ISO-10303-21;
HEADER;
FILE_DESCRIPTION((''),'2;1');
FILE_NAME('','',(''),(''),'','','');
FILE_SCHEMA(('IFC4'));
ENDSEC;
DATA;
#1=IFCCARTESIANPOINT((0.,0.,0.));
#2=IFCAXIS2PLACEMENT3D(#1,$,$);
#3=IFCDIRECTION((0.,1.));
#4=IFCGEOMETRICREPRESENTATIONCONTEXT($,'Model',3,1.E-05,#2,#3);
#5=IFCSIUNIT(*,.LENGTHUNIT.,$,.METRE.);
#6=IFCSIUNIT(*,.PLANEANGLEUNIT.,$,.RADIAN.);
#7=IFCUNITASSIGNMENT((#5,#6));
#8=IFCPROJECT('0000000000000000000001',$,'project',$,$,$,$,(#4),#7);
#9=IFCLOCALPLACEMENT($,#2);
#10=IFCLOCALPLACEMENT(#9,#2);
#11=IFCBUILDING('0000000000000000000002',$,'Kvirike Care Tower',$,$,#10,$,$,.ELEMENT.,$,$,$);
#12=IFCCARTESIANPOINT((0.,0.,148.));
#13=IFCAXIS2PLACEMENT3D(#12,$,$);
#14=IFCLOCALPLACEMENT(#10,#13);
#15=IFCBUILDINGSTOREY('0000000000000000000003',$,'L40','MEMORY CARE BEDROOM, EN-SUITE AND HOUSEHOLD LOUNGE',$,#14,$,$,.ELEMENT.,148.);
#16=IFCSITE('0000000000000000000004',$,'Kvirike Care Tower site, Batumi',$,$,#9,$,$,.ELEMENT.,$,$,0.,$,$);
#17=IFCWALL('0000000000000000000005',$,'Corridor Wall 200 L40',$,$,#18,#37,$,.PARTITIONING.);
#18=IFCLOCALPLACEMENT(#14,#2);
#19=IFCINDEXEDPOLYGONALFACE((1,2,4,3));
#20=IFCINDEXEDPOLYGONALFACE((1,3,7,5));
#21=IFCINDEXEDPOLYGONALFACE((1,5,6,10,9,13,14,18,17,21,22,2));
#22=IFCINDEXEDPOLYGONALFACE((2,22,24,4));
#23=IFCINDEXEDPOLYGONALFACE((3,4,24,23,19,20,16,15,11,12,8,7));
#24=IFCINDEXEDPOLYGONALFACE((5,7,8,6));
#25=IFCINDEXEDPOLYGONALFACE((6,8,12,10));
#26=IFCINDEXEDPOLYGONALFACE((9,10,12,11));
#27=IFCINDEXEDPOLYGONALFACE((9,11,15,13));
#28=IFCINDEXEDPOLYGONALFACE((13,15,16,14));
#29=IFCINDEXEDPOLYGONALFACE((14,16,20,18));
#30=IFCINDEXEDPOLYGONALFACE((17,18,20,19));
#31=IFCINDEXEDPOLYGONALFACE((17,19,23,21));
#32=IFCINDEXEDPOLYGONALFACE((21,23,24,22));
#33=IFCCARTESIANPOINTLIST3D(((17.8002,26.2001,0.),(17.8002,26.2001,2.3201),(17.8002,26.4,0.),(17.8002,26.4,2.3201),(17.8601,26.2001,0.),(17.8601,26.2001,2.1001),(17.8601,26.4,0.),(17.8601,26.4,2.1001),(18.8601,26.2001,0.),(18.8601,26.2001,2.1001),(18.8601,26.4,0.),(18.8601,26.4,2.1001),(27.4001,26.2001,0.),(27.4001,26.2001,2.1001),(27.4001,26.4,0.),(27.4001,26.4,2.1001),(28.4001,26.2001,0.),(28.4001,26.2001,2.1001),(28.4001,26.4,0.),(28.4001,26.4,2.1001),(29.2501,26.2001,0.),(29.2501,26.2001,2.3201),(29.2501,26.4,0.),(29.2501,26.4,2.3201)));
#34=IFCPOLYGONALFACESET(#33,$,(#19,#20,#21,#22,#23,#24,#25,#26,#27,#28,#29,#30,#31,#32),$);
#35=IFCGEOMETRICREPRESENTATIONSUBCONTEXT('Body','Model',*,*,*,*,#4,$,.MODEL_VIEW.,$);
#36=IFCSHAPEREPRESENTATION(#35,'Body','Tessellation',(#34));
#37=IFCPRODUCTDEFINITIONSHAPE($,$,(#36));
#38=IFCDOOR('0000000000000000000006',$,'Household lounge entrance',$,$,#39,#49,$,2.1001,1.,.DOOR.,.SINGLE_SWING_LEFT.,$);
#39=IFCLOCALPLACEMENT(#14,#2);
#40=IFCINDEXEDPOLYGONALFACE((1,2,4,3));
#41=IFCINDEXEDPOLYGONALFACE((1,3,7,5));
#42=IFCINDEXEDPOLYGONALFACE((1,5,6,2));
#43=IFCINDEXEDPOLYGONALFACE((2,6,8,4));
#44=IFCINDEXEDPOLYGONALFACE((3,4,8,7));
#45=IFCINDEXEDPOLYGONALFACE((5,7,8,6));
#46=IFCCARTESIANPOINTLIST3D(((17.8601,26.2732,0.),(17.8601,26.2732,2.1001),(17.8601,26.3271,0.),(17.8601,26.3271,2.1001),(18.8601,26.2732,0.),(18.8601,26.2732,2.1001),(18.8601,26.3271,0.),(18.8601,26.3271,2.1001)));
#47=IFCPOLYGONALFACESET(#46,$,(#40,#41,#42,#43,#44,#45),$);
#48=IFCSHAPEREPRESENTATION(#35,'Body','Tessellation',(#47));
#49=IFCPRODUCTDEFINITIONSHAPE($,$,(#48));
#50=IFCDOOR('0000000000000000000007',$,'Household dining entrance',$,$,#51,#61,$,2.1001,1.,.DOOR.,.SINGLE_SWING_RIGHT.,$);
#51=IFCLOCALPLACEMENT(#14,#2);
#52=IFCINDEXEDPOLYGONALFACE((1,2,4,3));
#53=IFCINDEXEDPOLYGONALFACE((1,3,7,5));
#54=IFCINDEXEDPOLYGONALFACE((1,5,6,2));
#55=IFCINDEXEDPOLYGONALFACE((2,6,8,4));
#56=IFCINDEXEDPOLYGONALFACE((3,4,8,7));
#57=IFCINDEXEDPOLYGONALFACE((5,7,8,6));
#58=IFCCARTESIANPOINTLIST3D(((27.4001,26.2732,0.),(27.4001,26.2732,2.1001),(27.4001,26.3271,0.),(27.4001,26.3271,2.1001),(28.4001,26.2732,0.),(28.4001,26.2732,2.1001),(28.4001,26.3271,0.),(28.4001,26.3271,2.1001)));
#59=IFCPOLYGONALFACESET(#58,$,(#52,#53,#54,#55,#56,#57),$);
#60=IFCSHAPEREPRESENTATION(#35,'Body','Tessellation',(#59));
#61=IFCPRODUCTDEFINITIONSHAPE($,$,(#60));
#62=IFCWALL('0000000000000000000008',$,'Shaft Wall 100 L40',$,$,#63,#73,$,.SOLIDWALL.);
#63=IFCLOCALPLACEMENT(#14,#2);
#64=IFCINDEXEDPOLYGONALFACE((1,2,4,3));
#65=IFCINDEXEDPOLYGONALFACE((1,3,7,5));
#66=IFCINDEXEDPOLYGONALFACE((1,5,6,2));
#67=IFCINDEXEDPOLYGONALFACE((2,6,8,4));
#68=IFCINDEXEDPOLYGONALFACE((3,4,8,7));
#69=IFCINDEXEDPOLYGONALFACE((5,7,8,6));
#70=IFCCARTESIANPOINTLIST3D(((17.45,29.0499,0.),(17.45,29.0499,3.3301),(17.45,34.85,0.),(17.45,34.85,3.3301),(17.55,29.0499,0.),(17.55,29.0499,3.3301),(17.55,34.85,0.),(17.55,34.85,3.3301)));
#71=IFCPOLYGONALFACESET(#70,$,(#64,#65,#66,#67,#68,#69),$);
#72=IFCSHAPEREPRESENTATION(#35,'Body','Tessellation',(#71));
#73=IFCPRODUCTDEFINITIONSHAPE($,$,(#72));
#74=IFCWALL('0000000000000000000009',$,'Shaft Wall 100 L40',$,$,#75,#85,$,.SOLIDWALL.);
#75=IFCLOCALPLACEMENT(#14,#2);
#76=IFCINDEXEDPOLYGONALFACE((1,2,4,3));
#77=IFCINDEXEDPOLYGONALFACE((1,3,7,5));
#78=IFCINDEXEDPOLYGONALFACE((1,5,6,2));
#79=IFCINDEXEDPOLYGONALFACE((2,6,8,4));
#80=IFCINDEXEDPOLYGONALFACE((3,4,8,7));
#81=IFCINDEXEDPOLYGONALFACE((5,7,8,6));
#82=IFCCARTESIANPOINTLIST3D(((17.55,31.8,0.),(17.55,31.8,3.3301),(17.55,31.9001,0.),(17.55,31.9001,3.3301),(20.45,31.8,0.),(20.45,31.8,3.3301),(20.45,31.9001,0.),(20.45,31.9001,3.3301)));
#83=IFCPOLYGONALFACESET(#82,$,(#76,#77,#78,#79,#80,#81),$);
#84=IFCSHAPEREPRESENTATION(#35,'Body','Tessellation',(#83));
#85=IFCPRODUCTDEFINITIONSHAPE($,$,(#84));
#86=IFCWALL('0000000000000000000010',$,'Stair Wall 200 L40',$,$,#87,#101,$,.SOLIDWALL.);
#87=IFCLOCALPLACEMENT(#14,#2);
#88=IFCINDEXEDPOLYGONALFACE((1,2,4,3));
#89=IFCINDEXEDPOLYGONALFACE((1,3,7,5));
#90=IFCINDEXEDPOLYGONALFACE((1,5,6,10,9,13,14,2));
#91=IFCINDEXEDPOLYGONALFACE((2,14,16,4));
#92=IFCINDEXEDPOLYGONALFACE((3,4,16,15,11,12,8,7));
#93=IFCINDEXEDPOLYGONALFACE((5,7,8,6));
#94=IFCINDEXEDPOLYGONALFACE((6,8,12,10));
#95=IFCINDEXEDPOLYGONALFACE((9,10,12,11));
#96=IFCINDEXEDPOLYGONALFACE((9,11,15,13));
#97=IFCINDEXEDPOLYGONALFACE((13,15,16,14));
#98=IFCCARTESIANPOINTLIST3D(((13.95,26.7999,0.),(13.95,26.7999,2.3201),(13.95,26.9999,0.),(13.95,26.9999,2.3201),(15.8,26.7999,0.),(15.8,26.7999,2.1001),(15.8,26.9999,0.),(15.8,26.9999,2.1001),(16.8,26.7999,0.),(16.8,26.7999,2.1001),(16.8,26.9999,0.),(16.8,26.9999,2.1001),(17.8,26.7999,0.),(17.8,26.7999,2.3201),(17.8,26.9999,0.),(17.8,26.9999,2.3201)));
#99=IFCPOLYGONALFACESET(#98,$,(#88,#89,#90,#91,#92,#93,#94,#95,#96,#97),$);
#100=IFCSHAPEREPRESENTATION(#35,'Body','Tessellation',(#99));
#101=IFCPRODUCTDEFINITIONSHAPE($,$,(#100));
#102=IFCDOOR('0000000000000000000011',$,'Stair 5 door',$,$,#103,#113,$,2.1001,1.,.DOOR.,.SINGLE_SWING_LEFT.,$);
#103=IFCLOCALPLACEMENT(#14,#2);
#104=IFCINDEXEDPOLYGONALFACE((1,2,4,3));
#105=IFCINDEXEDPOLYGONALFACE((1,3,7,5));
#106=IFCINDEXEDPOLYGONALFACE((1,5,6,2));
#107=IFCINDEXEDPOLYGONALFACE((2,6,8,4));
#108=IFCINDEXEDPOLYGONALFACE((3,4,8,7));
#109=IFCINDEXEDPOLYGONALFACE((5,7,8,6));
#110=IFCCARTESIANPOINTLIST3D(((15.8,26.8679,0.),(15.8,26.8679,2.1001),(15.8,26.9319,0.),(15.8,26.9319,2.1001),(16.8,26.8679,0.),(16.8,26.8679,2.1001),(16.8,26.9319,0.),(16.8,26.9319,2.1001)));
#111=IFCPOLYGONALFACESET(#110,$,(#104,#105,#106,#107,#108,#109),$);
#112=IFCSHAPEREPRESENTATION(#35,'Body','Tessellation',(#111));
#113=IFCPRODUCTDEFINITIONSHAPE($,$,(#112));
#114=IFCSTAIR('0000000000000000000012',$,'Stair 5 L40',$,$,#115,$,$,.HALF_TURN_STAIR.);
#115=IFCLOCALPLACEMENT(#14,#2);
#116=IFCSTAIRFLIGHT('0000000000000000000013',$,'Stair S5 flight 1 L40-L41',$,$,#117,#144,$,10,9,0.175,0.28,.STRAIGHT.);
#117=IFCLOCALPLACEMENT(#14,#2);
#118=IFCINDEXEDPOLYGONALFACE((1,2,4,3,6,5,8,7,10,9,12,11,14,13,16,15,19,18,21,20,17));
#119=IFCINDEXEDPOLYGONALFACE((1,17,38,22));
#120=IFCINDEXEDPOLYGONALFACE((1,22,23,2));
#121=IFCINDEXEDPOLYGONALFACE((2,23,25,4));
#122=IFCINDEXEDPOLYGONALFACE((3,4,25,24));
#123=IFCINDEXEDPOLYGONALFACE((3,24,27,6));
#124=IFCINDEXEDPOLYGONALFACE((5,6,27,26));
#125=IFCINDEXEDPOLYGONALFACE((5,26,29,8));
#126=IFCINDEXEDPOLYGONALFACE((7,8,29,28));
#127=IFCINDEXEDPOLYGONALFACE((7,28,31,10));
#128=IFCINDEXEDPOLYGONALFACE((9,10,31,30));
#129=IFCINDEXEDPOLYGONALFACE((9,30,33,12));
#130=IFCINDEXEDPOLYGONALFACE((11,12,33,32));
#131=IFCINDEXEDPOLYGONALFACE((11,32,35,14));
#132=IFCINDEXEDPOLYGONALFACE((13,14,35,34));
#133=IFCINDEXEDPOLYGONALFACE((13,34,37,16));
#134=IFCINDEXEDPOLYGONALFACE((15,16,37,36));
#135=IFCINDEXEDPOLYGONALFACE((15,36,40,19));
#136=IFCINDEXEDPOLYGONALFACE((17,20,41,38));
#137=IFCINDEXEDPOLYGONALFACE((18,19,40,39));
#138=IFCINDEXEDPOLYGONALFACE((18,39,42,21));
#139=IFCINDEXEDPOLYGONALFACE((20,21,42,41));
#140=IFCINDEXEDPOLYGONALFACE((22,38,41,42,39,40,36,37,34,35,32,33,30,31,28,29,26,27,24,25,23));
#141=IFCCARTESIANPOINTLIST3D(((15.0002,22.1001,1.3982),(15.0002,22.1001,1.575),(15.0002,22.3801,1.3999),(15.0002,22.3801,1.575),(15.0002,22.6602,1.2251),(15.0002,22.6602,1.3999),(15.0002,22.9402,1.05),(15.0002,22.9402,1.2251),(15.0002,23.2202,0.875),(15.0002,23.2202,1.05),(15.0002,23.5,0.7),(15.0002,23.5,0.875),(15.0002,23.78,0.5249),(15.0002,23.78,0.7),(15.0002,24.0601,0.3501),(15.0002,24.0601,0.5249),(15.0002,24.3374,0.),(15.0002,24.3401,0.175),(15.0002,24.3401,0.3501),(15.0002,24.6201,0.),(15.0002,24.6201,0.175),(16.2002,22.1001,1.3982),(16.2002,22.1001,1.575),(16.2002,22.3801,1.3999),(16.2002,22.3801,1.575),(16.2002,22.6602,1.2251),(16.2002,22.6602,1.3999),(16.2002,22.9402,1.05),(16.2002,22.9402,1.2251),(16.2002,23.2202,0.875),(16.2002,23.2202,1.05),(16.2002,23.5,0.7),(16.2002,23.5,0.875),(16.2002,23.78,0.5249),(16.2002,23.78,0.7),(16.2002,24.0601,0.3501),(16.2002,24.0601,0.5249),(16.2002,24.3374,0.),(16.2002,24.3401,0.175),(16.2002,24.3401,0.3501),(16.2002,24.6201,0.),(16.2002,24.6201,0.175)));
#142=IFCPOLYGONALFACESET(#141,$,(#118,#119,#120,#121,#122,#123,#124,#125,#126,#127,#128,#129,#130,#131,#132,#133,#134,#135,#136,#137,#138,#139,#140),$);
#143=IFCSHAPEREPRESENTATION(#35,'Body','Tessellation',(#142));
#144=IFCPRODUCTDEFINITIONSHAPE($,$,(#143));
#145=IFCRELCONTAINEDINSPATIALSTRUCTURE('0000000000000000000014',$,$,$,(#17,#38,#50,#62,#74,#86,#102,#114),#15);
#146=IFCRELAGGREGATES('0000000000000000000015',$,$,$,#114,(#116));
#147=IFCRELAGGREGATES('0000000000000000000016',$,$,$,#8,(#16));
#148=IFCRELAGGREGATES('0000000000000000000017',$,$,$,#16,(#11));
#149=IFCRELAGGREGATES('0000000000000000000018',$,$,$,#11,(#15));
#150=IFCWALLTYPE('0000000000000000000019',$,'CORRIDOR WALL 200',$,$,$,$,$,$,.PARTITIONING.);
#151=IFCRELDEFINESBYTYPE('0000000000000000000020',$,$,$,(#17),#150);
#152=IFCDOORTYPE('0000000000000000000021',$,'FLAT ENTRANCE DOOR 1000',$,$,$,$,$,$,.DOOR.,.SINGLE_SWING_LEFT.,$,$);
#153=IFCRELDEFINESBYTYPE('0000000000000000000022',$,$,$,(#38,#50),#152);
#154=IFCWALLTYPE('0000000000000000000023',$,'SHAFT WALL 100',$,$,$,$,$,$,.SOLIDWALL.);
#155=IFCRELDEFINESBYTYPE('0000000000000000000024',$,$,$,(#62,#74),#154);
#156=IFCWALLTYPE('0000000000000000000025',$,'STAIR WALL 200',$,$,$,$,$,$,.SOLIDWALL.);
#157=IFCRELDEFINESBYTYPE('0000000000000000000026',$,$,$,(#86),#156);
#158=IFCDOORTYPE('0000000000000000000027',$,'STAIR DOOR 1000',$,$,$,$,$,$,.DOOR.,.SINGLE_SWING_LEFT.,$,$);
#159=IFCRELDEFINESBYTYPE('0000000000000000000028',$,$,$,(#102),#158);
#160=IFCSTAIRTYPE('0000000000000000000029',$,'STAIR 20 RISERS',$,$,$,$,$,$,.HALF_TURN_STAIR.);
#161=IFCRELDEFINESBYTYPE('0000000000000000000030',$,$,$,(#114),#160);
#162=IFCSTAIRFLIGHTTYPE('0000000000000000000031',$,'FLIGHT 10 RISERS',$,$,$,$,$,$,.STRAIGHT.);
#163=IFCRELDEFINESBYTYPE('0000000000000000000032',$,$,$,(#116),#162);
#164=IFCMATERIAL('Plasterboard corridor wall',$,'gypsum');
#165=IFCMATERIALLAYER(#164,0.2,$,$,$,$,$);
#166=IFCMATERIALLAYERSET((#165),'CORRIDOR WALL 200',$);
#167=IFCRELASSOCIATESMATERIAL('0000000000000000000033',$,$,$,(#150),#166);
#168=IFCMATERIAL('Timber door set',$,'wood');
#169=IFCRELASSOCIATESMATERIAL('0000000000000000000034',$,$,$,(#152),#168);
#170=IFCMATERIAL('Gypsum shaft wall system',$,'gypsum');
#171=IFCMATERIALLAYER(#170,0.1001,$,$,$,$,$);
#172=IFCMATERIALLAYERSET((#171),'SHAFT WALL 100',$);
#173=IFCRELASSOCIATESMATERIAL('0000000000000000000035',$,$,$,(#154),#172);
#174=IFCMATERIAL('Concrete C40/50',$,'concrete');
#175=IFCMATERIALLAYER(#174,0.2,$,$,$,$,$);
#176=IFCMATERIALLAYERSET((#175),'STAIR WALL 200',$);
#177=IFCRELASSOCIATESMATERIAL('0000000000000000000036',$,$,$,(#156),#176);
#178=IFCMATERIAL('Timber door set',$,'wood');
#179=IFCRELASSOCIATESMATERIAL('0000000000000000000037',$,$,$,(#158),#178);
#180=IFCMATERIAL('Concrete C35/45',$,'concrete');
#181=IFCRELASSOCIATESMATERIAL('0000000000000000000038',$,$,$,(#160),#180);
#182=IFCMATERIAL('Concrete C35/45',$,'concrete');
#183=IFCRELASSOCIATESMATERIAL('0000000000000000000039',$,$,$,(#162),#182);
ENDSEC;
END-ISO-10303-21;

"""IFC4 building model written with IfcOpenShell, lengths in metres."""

from ifc_helpers import new_model, si_unit, direction, frame, frame_2d, origin, place, context, subcontext, project, spatial, polyline, rectangle, outline, extrude, material, layer, layer_set, type_object, element, fill, aggregate, save


model = new_model("IFC4")

# Units and contexts
model_context = context("Model", 3, precision=1e-05, world=origin(), true_north=direction((0.0, 1.0)))
body_context = subcontext(model_context, "Body", "Model", "MODEL_VIEW")
ifc_project = project(units=[si_unit("LENGTHUNIT", "METRE"), si_unit("PLANEANGLEUNIT", "RADIAN")], contexts=[model_context])

# Site, building, storey
site_placement = place(None, origin())
site = spatial("IfcSite", under=ifc_project, at=site_placement, Name="Kvirike Care Tower site, Batumi", CompositionType="ELEMENT", RefElevation=0.0)
building_placement = place(site_placement, origin())
building = spatial("IfcBuilding", under=site, at=building_placement, Name="Kvirike Care Tower", CompositionType="ELEMENT")
storey_placement = place(building_placement, frame((0.0, 0.0, 148.0)))
storey = spatial("IfcBuildingStorey", under=building, at=storey_placement, Name="L40", Description="MEMORY CARE BEDROOM, EN-SUITE AND HOUSEHOLD LOUNGE", CompositionType="ELEMENT", Elevation=148.0)

# Wall, openings, doors
ifc_material_1 = material(Name="Plasterboard corridor wall", Category="gypsum")
ifc_layer_1 = layer(ifc_material_1, 0.2)
ifc_layer_set_1 = layer_set([ifc_layer_1], Name="CORRIDOR WALL 200")
wall_type_1 = type_object("IfcWallType", Name="CORRIDOR WALL 200", PredefinedType="PARTITIONING", material=ifc_layer_set_1)
wall_1_placement = place(storey_placement, frame((17.8, 26.3, 0.0), z_axis=(0.0, 0.0, 1.0), x_axis=(1.0, 0.0, 0.0)))
wall_1 = element("IfcWall", 1, at=wall_1_placement, inside=storey, type_object=wall_type_1, Name="Corridor Wall 200 L40", PredefinedType="PARTITIONING", context=body_context, shape_type="SweptSolid", body=[
    extrude(rectangle(XDim=11.45, YDim=0.2, at=frame_2d((5.7251, 0.0))), origin(), (0.0, 0.0, 1.0), 2.3201),
])
opening_1_placement = place(wall_1_placement, frame((0.0601, 0.0, 0.0)))
opening_1 = element("IfcOpeningElement", 2, at=opening_1_placement, cuts=wall_1, PredefinedType="OPENING", context=body_context, shape_type="SweptSolid", body=[
    extrude(rectangle(XDim=1.0, YDim=2.1001, at=frame_2d((0.5, 1.05))), frame((0.0, 0.1106, 0.0), z_axis=(0.0, -1.0, 0.0), x_axis=(1.0, 0.0, 0.0)), (0.0, 0.0, 1.0), 0.2209),
])
opening_2_placement = place(wall_1_placement, frame((9.6001, 0.0, 0.0)))
opening_2 = element("IfcOpeningElement", 3, at=opening_2_placement, cuts=wall_1, PredefinedType="OPENING", context=body_context, shape_type="SweptSolid", body=[
    extrude(rectangle(XDim=1.0, YDim=2.1001, at=frame_2d((0.5, 1.05))), frame((0.0, 0.1106, 0.0), z_axis=(0.0, -1.0, 0.0), x_axis=(1.0, 0.0, 0.0)), (0.0, 0.0, 1.0), 0.2209),
])
ifc_material_2 = material(Name="Timber door set", Category="wood")
door_type_1 = type_object("IfcDoorType", Name="FLAT ENTRANCE DOOR 1000", OperationType="SINGLE_SWING_LEFT", PredefinedType="DOOR", material=ifc_material_2)
door_1_placement = place(opening_1_placement, frame((1.0, 0.0, 0.0), z_axis=(0.0, 0.0, 1.0), x_axis=(-1.0, 0.0, 0.0)))
door_1 = element("IfcDoor", 4, at=door_1_placement, inside=storey, type_object=door_type_1, Name="Household lounge entrance", OperationType="SINGLE_SWING_LEFT", OverallHeight=2.1001, OverallWidth=1.0, PredefinedType="DOOR", context=body_context, shape_type="SweptSolid", body=[
    extrude(rectangle(XDim=1.0, YDim=2.1001, at=frame_2d((0.5, 1.05))), frame((0.0, 0.0269, 0.0), z_axis=(0.0, -1.0, 0.0), x_axis=(1.0, 0.0, 0.0)), (0.0, 0.0, 1.0), 0.054),
])
fill(opening_1, door_1)
door_2_placement = place(opening_2_placement, frame((1.0, 0.0, 0.0), z_axis=(0.0, 0.0, 1.0), x_axis=(-1.0, 0.0, 0.0)))
door_2 = element("IfcDoor", 5, at=door_2_placement, inside=storey, type_object=door_type_1, Name="Household dining entrance", OperationType="SINGLE_SWING_RIGHT", OverallHeight=2.1001, OverallWidth=1.0, PredefinedType="DOOR", context=body_context, shape_type="SweptSolid", body=[
    extrude(rectangle(XDim=1.0, YDim=2.1001, at=frame_2d((0.5, 1.05))), frame((0.0, 0.0269, 0.0), z_axis=(0.0, -1.0, 0.0), x_axis=(1.0, 0.0, 0.0)), (0.0, 0.0, 1.0), 0.054),
])
fill(opening_2, door_2)

# Walls
ifc_material_3 = material(Name="Gypsum shaft wall system", Category="gypsum")
ifc_layer_2 = layer(ifc_material_3, 0.1001)
ifc_layer_set_2 = layer_set([ifc_layer_2], Name="SHAFT WALL 100")
wall_type_2 = type_object("IfcWallType", Name="SHAFT WALL 100", PredefinedType="SOLIDWALL", material=ifc_layer_set_2)
wall_2_placement = place(storey_placement, frame((17.5, 29.05, 0.0), z_axis=(0.0, 0.0, 1.0), x_axis=(0.0, 1.0, 0.0)))
element("IfcWall", 6, at=wall_2_placement, inside=storey, type_object=wall_type_2, Name="Shaft Wall 100 L40", PredefinedType="SOLIDWALL", context=body_context, shape_type="SweptSolid", body=[
    extrude(rectangle(XDim=5.8, YDim=0.1001, at=frame_2d((2.8999, 0.0))), origin(), (0.0, 0.0, 1.0), 3.3301),
])
wall_3_placement = place(storey_placement, frame((17.55, 31.8501, 0.0), z_axis=(0.0, 0.0, 1.0), x_axis=(1.0, 0.0, 0.0)))
element("IfcWall", 7, at=wall_3_placement, inside=storey, type_object=wall_type_2, Name="Shaft Wall 100 L40", PredefinedType="SOLIDWALL", context=body_context, shape_type="SweptSolid", body=[
    extrude(rectangle(XDim=2.8999, YDim=0.1001, at=frame_2d((1.45, 0.0))), origin(), (0.0, 0.0, 1.0), 3.3301),
])

# Wall, opening, door
ifc_material_4 = material(Name="Concrete C40/50", Category="concrete")
ifc_layer_3 = layer(ifc_material_4, 0.2)
ifc_layer_set_3 = layer_set([ifc_layer_3], Name="STAIR WALL 200")
wall_type_3 = type_object("IfcWallType", Name="STAIR WALL 200", PredefinedType="SOLIDWALL", material=ifc_layer_set_3)
wall_4_placement = place(storey_placement, frame((13.95, 26.8999, 0.0), z_axis=(0.0, 0.0, 1.0), x_axis=(1.0, 0.0, 0.0)))
wall_4 = element("IfcWall", 8, at=wall_4_placement, inside=storey, type_object=wall_type_3, Name="Stair Wall 200 L40", PredefinedType="SOLIDWALL", context=body_context, shape_type="SweptSolid", body=[
    extrude(rectangle(XDim=3.8501, YDim=0.2, at=frame_2d((1.925, 0.0))), origin(), (0.0, 0.0, 1.0), 2.3201),
])
opening_3_placement = place(wall_4_placement, frame((1.8501, 0.0, 0.0)))
opening_3 = element("IfcOpeningElement", 9, at=opening_3_placement, cuts=wall_4, PredefinedType="OPENING", context=body_context, shape_type="SweptSolid", body=[
    extrude(rectangle(XDim=1.0, YDim=2.1001, at=frame_2d((0.5, 1.05))), frame((0.0, 0.1106, 0.0), z_axis=(0.0, -1.0, 0.0), x_axis=(1.0, 0.0, 0.0)), (0.0, 0.0, 1.0), 0.2209),
])
ifc_material_5 = material(Name="Timber door set", Category="wood")
door_type_2 = type_object("IfcDoorType", Name="STAIR DOOR 1000", OperationType="SINGLE_SWING_LEFT", PredefinedType="DOOR", material=ifc_material_5)
door_3_placement = place(opening_3_placement, frame((1.0, 0.0, 0.0), z_axis=(0.0, 0.0, 1.0), x_axis=(-1.0, 0.0, 0.0)))
door_3 = element("IfcDoor", 10, at=door_3_placement, inside=storey, type_object=door_type_2, Name="Stair 5 door", OperationType="SINGLE_SWING_LEFT", OverallHeight=2.1001, OverallWidth=1.0, PredefinedType="DOOR", context=body_context, shape_type="SweptSolid", body=[
    extrude(rectangle(XDim=1.0, YDim=2.1001, at=frame_2d((0.5, 1.05))), frame((0.0, 0.032, 0.0), z_axis=(0.0, -1.0, 0.0), x_axis=(1.0, 0.0, 0.0)), (0.0, 0.0, 1.0), 0.064),
])
fill(opening_3, door_3)

# Stair, stair flight
ifc_material_6 = material(Name="Concrete C35/45", Category="concrete")
stair_type = type_object("IfcStairType", Name="STAIR 20 RISERS", PredefinedType="HALF_TURN_STAIR", material=ifc_material_6)
stair_placement = place(storey_placement, origin())
stair = element("IfcStair", 11, at=stair_placement, inside=storey, type_object=stair_type, Name="Stair 5 L40", PredefinedType="HALF_TURN_STAIR")
ifc_material_7 = material(Name="Concrete C35/45", Category="concrete")
stair_flight_type = type_object("IfcStairFlightType", Name="FLIGHT 10 RISERS", PredefinedType="STRAIGHT", material=ifc_material_7)
stair_flight_placement = place(storey_placement, frame((15.6001, 24.6201, 0.0), z_axis=(0.0, 0.0, 1.0), x_axis=(0.0, -1.0, 0.0)))
stair_flight = element("IfcStairFlight", 12, at=stair_flight_placement, type_object=stair_flight_type, Name="Stair S5 flight 1 L40-L41", NumberOfRisers=10, NumberOfTreads=9, PredefinedType="STRAIGHT", RiserHeight=0.175, TreadLength=0.28, context=body_context, shape_type="SweptSolid", body=[
    extrude(outline(polyline([(0.0, 0.0), (0.0, 0.175), (0.28, 0.175), (0.28, 0.3501), (0.5601, 0.3501), (0.5601, 0.5249), (0.8401, 0.5249), (0.8401, 0.7), (1.1201, 0.7), (1.1201, 0.875), (1.3999, 0.875), (1.3999, 1.05), (1.6799, 1.05), (1.6799, 1.2251), (1.96, 1.2251), (1.96, 1.3999), (2.24, 1.3999), (2.24, 1.575), (2.52, 1.575), (2.52, 1.75), (2.52, 1.3982), (0.2827, 0.0), (0.0, 0.0)])), frame((0.0, 0.6001, 0.0), z_axis=(0.0, -1.0, 0.0), x_axis=(1.0, 0.0, 0.0)), (0.0, 0.0, 1.0), 1.2),
])
aggregate(stair, [stair_flight])

save(model, "model.ifc")
